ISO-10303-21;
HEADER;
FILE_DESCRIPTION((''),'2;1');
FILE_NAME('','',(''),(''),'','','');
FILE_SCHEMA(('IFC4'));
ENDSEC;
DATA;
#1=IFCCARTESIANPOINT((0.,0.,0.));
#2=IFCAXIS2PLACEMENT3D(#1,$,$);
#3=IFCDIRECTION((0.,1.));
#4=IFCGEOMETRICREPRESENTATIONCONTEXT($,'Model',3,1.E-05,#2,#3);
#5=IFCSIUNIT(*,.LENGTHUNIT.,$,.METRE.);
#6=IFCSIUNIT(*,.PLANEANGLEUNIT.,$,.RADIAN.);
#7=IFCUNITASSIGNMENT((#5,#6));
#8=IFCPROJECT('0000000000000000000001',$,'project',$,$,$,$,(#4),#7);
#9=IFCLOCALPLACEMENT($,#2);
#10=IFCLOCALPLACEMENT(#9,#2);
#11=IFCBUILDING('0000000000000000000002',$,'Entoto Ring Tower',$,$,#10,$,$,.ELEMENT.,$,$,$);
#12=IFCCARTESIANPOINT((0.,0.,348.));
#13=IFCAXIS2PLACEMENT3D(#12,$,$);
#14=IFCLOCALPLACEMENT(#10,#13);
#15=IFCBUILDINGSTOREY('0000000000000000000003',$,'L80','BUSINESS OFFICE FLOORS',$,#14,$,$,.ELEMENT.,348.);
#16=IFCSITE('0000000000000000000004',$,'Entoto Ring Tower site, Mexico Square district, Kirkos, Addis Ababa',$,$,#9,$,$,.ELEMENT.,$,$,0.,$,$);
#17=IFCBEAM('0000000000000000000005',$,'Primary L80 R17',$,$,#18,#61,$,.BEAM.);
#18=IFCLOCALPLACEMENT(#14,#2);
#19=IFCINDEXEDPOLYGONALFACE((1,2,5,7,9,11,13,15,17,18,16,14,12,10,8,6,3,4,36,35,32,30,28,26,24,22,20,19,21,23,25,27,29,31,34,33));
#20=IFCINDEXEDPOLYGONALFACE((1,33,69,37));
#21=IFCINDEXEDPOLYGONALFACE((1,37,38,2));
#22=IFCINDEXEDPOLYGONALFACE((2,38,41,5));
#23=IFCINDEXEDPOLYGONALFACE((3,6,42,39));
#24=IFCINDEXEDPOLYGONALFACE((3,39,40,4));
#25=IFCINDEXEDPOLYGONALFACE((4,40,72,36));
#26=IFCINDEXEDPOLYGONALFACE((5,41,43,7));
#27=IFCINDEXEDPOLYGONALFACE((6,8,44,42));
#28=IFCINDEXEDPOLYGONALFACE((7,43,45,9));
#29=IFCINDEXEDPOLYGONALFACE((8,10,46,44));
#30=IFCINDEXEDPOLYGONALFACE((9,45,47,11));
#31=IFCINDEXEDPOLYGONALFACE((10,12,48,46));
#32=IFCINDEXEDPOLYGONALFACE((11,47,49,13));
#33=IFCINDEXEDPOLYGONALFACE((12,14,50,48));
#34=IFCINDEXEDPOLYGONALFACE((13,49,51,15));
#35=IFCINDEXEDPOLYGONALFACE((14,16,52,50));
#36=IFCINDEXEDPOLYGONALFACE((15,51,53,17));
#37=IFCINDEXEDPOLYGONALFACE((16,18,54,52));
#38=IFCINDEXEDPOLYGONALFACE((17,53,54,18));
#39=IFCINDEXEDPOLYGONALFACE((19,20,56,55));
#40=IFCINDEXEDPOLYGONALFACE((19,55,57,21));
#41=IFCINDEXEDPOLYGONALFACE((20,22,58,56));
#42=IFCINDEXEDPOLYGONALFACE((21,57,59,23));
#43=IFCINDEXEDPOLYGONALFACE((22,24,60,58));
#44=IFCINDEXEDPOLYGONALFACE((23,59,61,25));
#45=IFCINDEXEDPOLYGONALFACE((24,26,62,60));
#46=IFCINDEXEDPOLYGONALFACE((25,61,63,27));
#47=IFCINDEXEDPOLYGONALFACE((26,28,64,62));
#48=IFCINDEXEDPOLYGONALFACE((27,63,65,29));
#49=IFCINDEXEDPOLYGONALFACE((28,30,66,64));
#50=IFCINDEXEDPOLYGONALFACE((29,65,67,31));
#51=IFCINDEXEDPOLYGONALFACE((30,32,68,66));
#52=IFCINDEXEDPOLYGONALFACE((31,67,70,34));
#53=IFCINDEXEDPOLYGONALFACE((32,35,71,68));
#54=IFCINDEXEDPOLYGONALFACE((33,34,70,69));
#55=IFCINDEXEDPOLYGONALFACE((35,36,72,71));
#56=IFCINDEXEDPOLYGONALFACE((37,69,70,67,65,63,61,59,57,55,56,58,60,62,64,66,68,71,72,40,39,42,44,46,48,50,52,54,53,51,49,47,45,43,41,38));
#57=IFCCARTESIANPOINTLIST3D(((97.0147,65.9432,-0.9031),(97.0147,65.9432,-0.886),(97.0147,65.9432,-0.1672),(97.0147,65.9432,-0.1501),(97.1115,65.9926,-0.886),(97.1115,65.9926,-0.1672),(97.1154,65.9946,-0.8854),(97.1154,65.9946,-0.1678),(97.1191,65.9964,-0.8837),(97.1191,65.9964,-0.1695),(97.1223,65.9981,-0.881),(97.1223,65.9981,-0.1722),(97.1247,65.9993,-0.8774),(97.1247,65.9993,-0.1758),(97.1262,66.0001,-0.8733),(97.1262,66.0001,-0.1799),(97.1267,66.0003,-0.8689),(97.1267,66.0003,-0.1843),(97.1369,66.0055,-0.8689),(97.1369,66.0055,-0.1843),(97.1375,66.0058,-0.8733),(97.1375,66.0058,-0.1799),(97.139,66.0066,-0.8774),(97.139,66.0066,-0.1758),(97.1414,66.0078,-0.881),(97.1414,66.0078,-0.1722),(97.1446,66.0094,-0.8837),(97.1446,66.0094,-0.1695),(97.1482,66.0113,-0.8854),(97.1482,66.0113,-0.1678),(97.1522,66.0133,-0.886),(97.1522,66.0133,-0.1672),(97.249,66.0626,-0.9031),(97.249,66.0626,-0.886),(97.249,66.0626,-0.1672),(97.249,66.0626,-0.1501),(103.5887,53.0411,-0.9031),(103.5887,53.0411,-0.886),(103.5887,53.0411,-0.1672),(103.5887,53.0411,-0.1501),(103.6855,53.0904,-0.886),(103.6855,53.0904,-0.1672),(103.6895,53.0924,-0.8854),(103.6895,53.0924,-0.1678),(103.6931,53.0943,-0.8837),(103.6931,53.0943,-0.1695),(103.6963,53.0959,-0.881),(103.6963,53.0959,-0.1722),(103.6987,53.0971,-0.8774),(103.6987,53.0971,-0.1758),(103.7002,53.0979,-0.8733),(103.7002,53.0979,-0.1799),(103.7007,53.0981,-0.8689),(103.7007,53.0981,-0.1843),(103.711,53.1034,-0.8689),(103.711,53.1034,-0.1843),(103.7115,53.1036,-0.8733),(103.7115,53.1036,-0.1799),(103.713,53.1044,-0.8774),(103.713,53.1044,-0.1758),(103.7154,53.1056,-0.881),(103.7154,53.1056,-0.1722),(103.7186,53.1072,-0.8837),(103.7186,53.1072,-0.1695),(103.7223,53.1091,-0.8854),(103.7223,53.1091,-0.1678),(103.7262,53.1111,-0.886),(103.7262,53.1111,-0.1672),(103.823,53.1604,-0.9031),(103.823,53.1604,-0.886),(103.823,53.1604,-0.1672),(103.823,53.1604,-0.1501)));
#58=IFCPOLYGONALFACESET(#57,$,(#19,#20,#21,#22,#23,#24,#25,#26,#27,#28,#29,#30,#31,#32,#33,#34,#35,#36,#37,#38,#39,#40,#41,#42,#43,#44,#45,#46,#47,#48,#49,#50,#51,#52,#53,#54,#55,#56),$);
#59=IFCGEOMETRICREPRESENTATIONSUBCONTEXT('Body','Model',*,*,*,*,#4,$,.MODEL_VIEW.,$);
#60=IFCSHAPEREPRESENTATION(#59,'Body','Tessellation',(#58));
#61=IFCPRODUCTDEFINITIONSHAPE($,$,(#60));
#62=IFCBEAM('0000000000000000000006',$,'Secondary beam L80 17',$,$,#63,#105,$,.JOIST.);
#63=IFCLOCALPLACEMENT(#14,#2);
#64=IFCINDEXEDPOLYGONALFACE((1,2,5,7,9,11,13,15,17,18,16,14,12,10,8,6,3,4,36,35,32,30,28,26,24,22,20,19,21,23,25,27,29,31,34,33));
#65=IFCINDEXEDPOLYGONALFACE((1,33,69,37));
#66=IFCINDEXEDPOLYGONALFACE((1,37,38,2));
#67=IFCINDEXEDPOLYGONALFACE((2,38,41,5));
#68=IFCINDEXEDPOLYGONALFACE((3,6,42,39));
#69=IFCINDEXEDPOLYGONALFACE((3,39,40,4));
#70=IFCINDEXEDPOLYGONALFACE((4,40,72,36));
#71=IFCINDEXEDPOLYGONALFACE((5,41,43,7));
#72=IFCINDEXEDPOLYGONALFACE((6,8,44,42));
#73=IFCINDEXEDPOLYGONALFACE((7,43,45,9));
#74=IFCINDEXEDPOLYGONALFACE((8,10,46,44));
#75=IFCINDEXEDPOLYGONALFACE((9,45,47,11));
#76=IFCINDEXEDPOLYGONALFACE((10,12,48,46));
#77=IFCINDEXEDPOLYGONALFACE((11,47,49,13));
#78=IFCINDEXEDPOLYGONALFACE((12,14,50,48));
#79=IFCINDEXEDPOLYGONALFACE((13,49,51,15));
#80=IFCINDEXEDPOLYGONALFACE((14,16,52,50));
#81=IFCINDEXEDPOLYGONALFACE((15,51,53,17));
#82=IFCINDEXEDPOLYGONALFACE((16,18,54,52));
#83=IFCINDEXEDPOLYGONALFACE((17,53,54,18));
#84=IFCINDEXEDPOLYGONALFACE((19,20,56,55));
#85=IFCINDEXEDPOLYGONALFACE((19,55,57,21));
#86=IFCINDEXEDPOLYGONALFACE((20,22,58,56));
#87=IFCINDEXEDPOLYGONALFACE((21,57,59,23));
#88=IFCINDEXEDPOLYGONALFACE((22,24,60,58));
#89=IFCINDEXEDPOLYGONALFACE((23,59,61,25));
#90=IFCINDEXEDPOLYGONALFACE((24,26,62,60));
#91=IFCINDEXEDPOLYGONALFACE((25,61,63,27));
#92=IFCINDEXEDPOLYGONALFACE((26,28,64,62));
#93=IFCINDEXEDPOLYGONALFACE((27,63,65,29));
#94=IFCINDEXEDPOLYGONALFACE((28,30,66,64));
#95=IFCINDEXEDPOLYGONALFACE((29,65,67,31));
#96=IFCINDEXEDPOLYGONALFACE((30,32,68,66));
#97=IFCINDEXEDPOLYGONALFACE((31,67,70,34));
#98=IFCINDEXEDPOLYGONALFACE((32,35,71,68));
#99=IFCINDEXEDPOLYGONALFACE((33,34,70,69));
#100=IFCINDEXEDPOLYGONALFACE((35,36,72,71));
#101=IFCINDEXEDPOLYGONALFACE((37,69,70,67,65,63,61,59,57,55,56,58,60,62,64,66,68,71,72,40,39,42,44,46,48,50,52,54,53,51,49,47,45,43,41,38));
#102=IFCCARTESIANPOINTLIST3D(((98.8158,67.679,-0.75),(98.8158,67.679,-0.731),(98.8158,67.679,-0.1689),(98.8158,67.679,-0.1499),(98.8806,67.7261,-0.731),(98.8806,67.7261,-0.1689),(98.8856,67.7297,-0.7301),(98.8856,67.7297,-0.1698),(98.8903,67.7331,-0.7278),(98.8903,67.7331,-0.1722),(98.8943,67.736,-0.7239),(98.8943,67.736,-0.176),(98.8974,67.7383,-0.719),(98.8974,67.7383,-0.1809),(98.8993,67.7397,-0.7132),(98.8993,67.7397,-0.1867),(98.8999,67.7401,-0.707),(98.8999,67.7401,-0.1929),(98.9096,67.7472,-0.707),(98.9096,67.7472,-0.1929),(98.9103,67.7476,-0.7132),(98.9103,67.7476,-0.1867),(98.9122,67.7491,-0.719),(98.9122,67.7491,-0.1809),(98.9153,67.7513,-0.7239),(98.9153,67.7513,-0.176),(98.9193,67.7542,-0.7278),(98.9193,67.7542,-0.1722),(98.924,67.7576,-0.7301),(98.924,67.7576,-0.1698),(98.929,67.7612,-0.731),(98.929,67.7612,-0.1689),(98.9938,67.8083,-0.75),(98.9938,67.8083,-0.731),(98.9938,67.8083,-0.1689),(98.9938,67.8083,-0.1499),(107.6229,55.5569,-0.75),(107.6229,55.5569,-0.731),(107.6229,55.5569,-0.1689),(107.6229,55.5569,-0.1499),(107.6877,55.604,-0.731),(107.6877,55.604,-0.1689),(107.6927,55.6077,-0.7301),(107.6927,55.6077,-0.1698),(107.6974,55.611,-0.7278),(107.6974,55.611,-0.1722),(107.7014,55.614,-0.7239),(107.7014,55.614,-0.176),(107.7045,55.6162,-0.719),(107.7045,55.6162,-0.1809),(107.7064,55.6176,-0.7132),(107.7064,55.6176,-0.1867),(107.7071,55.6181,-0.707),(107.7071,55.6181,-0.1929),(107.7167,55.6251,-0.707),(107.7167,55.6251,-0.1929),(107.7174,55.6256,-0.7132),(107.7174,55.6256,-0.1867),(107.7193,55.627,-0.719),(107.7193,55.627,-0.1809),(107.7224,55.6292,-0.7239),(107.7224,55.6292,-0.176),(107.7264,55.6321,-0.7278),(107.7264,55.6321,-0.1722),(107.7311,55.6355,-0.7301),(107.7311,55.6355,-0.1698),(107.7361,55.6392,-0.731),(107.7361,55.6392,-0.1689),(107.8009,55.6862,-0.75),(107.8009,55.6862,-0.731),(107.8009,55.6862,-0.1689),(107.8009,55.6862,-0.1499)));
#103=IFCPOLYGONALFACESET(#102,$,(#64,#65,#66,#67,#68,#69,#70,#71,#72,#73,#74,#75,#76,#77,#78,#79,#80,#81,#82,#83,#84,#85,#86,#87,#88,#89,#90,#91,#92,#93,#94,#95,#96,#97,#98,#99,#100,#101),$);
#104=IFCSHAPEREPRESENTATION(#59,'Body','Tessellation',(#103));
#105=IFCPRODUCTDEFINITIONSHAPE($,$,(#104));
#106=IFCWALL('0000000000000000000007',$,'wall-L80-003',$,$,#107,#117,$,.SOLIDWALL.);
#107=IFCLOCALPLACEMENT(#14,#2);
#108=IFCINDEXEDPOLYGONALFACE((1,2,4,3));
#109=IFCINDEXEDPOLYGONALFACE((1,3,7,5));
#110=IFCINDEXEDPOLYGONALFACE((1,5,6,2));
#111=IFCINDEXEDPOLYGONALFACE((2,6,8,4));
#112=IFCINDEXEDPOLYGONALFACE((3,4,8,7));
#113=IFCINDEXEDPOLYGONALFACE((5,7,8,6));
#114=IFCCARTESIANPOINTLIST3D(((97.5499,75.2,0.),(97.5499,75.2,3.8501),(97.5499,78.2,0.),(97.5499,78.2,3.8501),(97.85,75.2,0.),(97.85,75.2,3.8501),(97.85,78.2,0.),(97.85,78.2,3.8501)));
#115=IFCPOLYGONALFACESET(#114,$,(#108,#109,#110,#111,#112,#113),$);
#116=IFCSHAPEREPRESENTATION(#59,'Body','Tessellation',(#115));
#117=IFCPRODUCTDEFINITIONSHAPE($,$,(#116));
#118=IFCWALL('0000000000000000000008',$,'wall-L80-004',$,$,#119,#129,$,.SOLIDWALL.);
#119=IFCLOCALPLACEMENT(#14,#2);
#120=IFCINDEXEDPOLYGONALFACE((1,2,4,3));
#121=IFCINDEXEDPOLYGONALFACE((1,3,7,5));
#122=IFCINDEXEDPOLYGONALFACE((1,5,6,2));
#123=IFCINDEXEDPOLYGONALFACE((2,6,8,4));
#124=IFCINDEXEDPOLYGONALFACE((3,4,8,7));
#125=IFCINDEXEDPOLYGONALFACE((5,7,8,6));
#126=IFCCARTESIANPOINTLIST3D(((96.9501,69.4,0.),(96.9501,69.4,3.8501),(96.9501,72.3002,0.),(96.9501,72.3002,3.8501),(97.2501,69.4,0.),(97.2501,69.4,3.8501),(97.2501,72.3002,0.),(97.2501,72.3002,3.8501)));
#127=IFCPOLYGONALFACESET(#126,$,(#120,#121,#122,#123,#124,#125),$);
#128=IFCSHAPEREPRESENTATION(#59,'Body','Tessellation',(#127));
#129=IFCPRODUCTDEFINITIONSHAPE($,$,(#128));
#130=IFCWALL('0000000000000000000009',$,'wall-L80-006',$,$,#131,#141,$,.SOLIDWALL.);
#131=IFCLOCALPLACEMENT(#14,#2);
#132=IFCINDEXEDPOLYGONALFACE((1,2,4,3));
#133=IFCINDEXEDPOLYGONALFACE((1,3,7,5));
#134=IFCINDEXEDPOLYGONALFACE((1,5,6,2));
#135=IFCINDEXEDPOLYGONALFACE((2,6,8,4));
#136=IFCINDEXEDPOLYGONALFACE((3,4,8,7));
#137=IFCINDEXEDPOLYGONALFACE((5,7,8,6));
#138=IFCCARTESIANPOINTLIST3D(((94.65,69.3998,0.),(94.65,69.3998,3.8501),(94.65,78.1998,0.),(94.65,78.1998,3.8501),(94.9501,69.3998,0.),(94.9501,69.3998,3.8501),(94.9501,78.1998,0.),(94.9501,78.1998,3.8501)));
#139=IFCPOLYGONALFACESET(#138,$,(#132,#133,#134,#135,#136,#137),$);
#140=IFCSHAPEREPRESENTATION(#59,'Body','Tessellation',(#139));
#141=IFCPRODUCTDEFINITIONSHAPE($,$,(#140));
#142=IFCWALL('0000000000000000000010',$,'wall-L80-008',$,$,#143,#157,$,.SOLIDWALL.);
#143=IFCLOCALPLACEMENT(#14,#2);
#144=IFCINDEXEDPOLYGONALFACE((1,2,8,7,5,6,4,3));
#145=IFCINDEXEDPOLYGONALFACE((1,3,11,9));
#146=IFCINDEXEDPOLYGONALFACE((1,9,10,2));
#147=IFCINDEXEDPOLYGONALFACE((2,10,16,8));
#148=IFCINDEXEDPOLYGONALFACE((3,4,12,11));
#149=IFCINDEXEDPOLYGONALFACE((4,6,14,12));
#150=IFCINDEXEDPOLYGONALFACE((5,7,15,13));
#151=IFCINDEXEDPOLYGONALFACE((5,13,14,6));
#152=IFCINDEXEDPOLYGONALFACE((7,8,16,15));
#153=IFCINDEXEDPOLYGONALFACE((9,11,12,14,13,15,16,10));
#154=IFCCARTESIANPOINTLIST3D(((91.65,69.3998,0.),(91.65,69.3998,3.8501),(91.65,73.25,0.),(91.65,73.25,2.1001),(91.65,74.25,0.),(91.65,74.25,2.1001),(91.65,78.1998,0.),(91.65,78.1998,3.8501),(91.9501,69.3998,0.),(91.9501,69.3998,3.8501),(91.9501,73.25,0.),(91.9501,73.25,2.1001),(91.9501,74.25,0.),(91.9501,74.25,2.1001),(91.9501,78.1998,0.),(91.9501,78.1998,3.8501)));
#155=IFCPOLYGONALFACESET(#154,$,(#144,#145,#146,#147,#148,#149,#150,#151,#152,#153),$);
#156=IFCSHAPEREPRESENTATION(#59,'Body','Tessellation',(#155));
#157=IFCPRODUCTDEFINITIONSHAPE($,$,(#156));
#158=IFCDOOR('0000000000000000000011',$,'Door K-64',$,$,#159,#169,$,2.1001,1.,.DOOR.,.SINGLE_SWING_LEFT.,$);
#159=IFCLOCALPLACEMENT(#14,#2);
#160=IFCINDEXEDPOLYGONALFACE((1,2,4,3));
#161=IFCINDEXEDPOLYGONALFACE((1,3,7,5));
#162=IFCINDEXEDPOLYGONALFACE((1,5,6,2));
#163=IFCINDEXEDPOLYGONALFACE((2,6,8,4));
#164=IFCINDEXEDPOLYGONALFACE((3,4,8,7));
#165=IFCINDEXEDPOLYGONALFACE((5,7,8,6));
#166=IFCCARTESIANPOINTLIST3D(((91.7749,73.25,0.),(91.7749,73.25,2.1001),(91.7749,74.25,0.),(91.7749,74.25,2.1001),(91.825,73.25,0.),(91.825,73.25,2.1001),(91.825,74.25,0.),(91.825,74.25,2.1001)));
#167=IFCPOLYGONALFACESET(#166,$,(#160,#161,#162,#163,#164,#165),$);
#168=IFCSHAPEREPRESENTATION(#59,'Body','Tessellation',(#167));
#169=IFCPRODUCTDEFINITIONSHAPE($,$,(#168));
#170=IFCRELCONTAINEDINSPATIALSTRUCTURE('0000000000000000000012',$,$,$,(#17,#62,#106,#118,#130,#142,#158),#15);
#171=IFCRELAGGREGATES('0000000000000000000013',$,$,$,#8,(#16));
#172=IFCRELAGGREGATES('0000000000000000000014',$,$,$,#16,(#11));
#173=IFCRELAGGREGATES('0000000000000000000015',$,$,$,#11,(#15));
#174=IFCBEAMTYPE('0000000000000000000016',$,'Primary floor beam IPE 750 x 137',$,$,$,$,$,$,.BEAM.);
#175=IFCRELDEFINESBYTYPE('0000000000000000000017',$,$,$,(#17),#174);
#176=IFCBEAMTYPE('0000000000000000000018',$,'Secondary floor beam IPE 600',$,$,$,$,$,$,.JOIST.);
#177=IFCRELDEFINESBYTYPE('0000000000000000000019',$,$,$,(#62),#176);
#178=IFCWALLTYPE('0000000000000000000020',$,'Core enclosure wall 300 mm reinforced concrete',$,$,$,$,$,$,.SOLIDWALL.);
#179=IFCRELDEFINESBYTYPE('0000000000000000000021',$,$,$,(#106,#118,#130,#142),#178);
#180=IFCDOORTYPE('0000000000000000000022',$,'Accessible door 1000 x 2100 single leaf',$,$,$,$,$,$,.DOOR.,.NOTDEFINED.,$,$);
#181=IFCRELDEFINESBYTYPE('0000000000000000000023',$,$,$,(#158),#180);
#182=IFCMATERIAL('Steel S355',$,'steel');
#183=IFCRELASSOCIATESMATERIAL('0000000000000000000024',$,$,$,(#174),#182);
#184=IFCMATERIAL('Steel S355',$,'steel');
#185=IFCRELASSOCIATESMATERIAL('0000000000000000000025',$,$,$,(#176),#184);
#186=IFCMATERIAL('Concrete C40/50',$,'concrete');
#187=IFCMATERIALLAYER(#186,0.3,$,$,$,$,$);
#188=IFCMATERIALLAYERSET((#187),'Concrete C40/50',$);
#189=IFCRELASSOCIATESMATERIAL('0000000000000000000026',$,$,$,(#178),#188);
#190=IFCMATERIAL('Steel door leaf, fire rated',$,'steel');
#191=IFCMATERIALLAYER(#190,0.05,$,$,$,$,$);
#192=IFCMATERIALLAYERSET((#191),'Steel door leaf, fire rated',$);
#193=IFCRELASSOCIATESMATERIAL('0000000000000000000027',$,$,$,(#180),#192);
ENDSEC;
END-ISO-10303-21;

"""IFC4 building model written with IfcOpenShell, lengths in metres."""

from ifc_helpers import new_model, si_unit, direction, frame, frame_2d, origin, origin_2d, place, context, subcontext, project, spatial, rectangle, i_section, extrude, material, layer, layer_set, material_profile, profile_set, type_object, element, fill, save


model = new_model("IFC4")

# Units and contexts
model_context = context("Model", 3, precision=1e-05, world=origin(), true_north=direction((0.0, 1.0)))
body_context = subcontext(model_context, "Body", "Model", "MODEL_VIEW")
ifc_project = project(units=[si_unit("LENGTHUNIT", "METRE"), si_unit("PLANEANGLEUNIT", "RADIAN")], contexts=[model_context])

# Site, building, storey
site_placement = place(None, origin())
site = spatial("IfcSite", under=ifc_project, at=site_placement, Name="Entoto Ring Tower site, Mexico Square district, Kirkos, Addis Ababa", CompositionType="ELEMENT", RefElevation=0.0)
building_placement = place(site_placement, origin())
building = spatial("IfcBuilding", under=site, at=building_placement, Name="Entoto Ring Tower", CompositionType="ELEMENT")
storey_placement = place(building_placement, frame((0.0, 0.0, 348.0)))
storey = spatial("IfcBuildingStorey", under=building, at=storey_placement, Name="L80", Description="BUSINESS OFFICE FLOORS", CompositionType="ELEMENT", Elevation=348.0)

# Beams
ifc_material_1 = material(Name="Steel S355", Category="steel")
ifc_material_profile_1 = material_profile(ifc_material_1, i_section(OverallWidth=0.2629, OverallDepth=0.7529, WebThickness=0.0115, FlangeThickness=0.0171, FilletRadius=0.0171, at=origin_2d()), Name="IPE 750 x 137")
ifc_profile_set_1 = profile_set([ifc_material_profile_1], Name="Steel S355")
beam_type_1 = type_object("IfcBeamType", Name="Primary floor beam IPE 750 x 137", PredefinedType="BEAM", material=ifc_profile_set_1)
beam_1_placement = place(storey_placement, frame((97.1318, 66.0029, -0.5266), z_axis=(0.453992, -0.891006, 0.0), x_axis=(0.891006, 0.453992, 0.0)))
element("IfcBeam", 1, at=beam_1_placement, inside=storey, type_object=beam_type_1, Name="Primary L80 R17", PredefinedType="BEAM", context=body_context, shape_type="SweptSolid", body=[
    extrude(i_section(OverallWidth=0.2629, OverallDepth=0.7529, WebThickness=0.0115, FlangeThickness=0.0171, FilletRadius=0.0171, at=origin_2d()), origin(), (0.0, 0.0, 1.0), 14.4805),
])
ifc_material_2 = material(Name="Steel S355", Category="steel")
ifc_material_profile_2 = material_profile(ifc_material_2, i_section(OverallWidth=0.22, OverallDepth=0.6001, WebThickness=0.012, FlangeThickness=0.019, FilletRadius=0.0239, at=origin_2d()), Name="IPE 600")
ifc_profile_set_2 = profile_set([ifc_material_profile_2], Name="Steel S355")
beam_type_2 = type_object("IfcBeamType", Name="Secondary floor beam IPE 600", PredefinedType="JOIST", material=ifc_profile_set_2)
beam_2_placement = place(storey_placement, frame((98.9048, 67.7437, -0.45), z_axis=(0.587782, -0.809019, 0.0), x_axis=(0.809019, 0.587782, 0.0)))
element("IfcBeam", 2, at=beam_2_placement, inside=storey, type_object=beam_type_2, Name="Secondary beam L80 17", PredefinedType="JOIST", context=body_context, shape_type="SweptSolid", body=[
    extrude(i_section(OverallWidth=0.22, OverallDepth=0.6001, WebThickness=0.012, FlangeThickness=0.019, FilletRadius=0.0239, at=origin_2d()), origin(), (0.0, 0.0, 1.0), 14.9836),
])

# Walls
ifc_material_3 = material(Name="Concrete C40/50", Category="concrete")
ifc_layer_1 = layer(ifc_material_3, 0.3)
ifc_layer_set_1 = layer_set([ifc_layer_1], Name="Concrete C40/50")
wall_type_1 = type_object("IfcWallType", Name="Core enclosure wall 300 mm reinforced concrete", PredefinedType="SOLIDWALL", material=ifc_layer_set_1)
wall_1_placement = place(storey_placement, frame((97.7, 75.2, 0.0), z_axis=(0.0, 0.0, 1.0), x_axis=(0.0, 1.0, 0.0)))
element("IfcWall", 3, at=wall_1_placement, inside=storey, type_object=wall_type_1, Name="wall-L80-003", PredefinedType="SOLIDWALL", context=body_context, shape_type="SweptSolid", body=[
    extrude(rectangle(XDim=3.0, YDim=0.3, at=frame_2d((1.5, 0.0))), origin(), (0.0, 0.0, 1.0), 3.8501),
])
wall_2_placement = place(storey_placement, frame((97.1001, 69.3999, 0.0), z_axis=(0.0, 0.0, 1.0), x_axis=(0.0, 1.0, 0.0)))
element("IfcWall", 4, at=wall_2_placement, inside=storey, type_object=wall_type_1, Name="wall-L80-004", PredefinedType="SOLIDWALL", context=body_context, shape_type="SweptSolid", body=[
    extrude(rectangle(XDim=2.9001, YDim=0.3, at=frame_2d((1.4502, 0.0))), origin(), (0.0, 0.0, 1.0), 3.8501),
])
wall_3_placement = place(storey_placement, frame((94.8, 69.3999, 0.0), z_axis=(0.0, 0.0, 1.0), x_axis=(0.0, 1.0, 0.0)))
element("IfcWall", 5, at=wall_3_placement, inside=storey, type_object=wall_type_1, Name="wall-L80-006", PredefinedType="SOLIDWALL", context=body_context, shape_type="SweptSolid", body=[
    extrude(rectangle(XDim=8.8, YDim=0.3, at=frame_2d((4.3999, 0.0))), origin(), (0.0, 0.0, 1.0), 3.8501),
])

# Wall, opening, door
wall_4_placement = place(storey_placement, frame((91.8, 69.3999, 0.0), z_axis=(0.0, 0.0, 1.0), x_axis=(0.0, 1.0, 0.0)))
wall_4 = element("IfcWall", 6, at=wall_4_placement, inside=storey, type_object=wall_type_1, Name="wall-L80-008", PredefinedType="SOLIDWALL", context=body_context, shape_type="SweptSolid", body=[
    extrude(rectangle(XDim=8.8, YDim=0.3, at=frame_2d((4.3999, 0.0))), origin(), (0.0, 0.0, 1.0), 3.8501),
])
opening_1_placement = place(wall_4_placement, frame((3.8501, 0.0, 0.0)))
opening_1 = element("IfcOpeningElement", 7, at=opening_1_placement, cuts=wall_4, PredefinedType="OPENING", context=body_context, shape_type="SweptSolid", body=[
    extrude(rectangle(XDim=1.0, YDim=2.1001, at=frame_2d((0.5, 1.05))), frame((0.0, 0.1602, 0.0), z_axis=(0.0, -1.0, 0.0), x_axis=(1.0, 0.0, 0.0)), (0.0, 0.0, 1.0), 0.3201),
])
ifc_material_4 = material(Name="Steel door leaf, fire rated", Category="steel")
ifc_layer_2 = layer(ifc_material_4, 0.05)
ifc_layer_set_2 = layer_set([ifc_layer_2], Name="Steel door leaf, fire rated")
door_type_1 = type_object("IfcDoorType", Name="Accessible door 1000 x 2100 single leaf", OperationType="NOTDEFINED", PredefinedType="DOOR", material=ifc_layer_set_2)
door_1_placement = place(opening_1_placement, frame((1.0, 0.0, 0.0), z_axis=(0.0, 0.0, 1.0), x_axis=(-1.0, 0.0, 0.0)))
door_1 = element("IfcDoor", 8, at=door_1_placement, inside=storey, type_object=door_type_1, Name="Door K-64", OperationType="SINGLE_SWING_LEFT", OverallHeight=2.1001, OverallWidth=1.0, PredefinedType="DOOR", context=body_context, shape_type="SweptSolid", body=[
    extrude(rectangle(XDim=1.0, YDim=2.1001, at=frame_2d((0.5, 1.05))), frame((0.0, 0.0249, 0.0), z_axis=(0.0, -1.0, 0.0), x_axis=(1.0, 0.0, 0.0)), (0.0, 0.0, 1.0), 0.05),
])
fill(opening_1, door_1)

save(model, "model.ifc")
